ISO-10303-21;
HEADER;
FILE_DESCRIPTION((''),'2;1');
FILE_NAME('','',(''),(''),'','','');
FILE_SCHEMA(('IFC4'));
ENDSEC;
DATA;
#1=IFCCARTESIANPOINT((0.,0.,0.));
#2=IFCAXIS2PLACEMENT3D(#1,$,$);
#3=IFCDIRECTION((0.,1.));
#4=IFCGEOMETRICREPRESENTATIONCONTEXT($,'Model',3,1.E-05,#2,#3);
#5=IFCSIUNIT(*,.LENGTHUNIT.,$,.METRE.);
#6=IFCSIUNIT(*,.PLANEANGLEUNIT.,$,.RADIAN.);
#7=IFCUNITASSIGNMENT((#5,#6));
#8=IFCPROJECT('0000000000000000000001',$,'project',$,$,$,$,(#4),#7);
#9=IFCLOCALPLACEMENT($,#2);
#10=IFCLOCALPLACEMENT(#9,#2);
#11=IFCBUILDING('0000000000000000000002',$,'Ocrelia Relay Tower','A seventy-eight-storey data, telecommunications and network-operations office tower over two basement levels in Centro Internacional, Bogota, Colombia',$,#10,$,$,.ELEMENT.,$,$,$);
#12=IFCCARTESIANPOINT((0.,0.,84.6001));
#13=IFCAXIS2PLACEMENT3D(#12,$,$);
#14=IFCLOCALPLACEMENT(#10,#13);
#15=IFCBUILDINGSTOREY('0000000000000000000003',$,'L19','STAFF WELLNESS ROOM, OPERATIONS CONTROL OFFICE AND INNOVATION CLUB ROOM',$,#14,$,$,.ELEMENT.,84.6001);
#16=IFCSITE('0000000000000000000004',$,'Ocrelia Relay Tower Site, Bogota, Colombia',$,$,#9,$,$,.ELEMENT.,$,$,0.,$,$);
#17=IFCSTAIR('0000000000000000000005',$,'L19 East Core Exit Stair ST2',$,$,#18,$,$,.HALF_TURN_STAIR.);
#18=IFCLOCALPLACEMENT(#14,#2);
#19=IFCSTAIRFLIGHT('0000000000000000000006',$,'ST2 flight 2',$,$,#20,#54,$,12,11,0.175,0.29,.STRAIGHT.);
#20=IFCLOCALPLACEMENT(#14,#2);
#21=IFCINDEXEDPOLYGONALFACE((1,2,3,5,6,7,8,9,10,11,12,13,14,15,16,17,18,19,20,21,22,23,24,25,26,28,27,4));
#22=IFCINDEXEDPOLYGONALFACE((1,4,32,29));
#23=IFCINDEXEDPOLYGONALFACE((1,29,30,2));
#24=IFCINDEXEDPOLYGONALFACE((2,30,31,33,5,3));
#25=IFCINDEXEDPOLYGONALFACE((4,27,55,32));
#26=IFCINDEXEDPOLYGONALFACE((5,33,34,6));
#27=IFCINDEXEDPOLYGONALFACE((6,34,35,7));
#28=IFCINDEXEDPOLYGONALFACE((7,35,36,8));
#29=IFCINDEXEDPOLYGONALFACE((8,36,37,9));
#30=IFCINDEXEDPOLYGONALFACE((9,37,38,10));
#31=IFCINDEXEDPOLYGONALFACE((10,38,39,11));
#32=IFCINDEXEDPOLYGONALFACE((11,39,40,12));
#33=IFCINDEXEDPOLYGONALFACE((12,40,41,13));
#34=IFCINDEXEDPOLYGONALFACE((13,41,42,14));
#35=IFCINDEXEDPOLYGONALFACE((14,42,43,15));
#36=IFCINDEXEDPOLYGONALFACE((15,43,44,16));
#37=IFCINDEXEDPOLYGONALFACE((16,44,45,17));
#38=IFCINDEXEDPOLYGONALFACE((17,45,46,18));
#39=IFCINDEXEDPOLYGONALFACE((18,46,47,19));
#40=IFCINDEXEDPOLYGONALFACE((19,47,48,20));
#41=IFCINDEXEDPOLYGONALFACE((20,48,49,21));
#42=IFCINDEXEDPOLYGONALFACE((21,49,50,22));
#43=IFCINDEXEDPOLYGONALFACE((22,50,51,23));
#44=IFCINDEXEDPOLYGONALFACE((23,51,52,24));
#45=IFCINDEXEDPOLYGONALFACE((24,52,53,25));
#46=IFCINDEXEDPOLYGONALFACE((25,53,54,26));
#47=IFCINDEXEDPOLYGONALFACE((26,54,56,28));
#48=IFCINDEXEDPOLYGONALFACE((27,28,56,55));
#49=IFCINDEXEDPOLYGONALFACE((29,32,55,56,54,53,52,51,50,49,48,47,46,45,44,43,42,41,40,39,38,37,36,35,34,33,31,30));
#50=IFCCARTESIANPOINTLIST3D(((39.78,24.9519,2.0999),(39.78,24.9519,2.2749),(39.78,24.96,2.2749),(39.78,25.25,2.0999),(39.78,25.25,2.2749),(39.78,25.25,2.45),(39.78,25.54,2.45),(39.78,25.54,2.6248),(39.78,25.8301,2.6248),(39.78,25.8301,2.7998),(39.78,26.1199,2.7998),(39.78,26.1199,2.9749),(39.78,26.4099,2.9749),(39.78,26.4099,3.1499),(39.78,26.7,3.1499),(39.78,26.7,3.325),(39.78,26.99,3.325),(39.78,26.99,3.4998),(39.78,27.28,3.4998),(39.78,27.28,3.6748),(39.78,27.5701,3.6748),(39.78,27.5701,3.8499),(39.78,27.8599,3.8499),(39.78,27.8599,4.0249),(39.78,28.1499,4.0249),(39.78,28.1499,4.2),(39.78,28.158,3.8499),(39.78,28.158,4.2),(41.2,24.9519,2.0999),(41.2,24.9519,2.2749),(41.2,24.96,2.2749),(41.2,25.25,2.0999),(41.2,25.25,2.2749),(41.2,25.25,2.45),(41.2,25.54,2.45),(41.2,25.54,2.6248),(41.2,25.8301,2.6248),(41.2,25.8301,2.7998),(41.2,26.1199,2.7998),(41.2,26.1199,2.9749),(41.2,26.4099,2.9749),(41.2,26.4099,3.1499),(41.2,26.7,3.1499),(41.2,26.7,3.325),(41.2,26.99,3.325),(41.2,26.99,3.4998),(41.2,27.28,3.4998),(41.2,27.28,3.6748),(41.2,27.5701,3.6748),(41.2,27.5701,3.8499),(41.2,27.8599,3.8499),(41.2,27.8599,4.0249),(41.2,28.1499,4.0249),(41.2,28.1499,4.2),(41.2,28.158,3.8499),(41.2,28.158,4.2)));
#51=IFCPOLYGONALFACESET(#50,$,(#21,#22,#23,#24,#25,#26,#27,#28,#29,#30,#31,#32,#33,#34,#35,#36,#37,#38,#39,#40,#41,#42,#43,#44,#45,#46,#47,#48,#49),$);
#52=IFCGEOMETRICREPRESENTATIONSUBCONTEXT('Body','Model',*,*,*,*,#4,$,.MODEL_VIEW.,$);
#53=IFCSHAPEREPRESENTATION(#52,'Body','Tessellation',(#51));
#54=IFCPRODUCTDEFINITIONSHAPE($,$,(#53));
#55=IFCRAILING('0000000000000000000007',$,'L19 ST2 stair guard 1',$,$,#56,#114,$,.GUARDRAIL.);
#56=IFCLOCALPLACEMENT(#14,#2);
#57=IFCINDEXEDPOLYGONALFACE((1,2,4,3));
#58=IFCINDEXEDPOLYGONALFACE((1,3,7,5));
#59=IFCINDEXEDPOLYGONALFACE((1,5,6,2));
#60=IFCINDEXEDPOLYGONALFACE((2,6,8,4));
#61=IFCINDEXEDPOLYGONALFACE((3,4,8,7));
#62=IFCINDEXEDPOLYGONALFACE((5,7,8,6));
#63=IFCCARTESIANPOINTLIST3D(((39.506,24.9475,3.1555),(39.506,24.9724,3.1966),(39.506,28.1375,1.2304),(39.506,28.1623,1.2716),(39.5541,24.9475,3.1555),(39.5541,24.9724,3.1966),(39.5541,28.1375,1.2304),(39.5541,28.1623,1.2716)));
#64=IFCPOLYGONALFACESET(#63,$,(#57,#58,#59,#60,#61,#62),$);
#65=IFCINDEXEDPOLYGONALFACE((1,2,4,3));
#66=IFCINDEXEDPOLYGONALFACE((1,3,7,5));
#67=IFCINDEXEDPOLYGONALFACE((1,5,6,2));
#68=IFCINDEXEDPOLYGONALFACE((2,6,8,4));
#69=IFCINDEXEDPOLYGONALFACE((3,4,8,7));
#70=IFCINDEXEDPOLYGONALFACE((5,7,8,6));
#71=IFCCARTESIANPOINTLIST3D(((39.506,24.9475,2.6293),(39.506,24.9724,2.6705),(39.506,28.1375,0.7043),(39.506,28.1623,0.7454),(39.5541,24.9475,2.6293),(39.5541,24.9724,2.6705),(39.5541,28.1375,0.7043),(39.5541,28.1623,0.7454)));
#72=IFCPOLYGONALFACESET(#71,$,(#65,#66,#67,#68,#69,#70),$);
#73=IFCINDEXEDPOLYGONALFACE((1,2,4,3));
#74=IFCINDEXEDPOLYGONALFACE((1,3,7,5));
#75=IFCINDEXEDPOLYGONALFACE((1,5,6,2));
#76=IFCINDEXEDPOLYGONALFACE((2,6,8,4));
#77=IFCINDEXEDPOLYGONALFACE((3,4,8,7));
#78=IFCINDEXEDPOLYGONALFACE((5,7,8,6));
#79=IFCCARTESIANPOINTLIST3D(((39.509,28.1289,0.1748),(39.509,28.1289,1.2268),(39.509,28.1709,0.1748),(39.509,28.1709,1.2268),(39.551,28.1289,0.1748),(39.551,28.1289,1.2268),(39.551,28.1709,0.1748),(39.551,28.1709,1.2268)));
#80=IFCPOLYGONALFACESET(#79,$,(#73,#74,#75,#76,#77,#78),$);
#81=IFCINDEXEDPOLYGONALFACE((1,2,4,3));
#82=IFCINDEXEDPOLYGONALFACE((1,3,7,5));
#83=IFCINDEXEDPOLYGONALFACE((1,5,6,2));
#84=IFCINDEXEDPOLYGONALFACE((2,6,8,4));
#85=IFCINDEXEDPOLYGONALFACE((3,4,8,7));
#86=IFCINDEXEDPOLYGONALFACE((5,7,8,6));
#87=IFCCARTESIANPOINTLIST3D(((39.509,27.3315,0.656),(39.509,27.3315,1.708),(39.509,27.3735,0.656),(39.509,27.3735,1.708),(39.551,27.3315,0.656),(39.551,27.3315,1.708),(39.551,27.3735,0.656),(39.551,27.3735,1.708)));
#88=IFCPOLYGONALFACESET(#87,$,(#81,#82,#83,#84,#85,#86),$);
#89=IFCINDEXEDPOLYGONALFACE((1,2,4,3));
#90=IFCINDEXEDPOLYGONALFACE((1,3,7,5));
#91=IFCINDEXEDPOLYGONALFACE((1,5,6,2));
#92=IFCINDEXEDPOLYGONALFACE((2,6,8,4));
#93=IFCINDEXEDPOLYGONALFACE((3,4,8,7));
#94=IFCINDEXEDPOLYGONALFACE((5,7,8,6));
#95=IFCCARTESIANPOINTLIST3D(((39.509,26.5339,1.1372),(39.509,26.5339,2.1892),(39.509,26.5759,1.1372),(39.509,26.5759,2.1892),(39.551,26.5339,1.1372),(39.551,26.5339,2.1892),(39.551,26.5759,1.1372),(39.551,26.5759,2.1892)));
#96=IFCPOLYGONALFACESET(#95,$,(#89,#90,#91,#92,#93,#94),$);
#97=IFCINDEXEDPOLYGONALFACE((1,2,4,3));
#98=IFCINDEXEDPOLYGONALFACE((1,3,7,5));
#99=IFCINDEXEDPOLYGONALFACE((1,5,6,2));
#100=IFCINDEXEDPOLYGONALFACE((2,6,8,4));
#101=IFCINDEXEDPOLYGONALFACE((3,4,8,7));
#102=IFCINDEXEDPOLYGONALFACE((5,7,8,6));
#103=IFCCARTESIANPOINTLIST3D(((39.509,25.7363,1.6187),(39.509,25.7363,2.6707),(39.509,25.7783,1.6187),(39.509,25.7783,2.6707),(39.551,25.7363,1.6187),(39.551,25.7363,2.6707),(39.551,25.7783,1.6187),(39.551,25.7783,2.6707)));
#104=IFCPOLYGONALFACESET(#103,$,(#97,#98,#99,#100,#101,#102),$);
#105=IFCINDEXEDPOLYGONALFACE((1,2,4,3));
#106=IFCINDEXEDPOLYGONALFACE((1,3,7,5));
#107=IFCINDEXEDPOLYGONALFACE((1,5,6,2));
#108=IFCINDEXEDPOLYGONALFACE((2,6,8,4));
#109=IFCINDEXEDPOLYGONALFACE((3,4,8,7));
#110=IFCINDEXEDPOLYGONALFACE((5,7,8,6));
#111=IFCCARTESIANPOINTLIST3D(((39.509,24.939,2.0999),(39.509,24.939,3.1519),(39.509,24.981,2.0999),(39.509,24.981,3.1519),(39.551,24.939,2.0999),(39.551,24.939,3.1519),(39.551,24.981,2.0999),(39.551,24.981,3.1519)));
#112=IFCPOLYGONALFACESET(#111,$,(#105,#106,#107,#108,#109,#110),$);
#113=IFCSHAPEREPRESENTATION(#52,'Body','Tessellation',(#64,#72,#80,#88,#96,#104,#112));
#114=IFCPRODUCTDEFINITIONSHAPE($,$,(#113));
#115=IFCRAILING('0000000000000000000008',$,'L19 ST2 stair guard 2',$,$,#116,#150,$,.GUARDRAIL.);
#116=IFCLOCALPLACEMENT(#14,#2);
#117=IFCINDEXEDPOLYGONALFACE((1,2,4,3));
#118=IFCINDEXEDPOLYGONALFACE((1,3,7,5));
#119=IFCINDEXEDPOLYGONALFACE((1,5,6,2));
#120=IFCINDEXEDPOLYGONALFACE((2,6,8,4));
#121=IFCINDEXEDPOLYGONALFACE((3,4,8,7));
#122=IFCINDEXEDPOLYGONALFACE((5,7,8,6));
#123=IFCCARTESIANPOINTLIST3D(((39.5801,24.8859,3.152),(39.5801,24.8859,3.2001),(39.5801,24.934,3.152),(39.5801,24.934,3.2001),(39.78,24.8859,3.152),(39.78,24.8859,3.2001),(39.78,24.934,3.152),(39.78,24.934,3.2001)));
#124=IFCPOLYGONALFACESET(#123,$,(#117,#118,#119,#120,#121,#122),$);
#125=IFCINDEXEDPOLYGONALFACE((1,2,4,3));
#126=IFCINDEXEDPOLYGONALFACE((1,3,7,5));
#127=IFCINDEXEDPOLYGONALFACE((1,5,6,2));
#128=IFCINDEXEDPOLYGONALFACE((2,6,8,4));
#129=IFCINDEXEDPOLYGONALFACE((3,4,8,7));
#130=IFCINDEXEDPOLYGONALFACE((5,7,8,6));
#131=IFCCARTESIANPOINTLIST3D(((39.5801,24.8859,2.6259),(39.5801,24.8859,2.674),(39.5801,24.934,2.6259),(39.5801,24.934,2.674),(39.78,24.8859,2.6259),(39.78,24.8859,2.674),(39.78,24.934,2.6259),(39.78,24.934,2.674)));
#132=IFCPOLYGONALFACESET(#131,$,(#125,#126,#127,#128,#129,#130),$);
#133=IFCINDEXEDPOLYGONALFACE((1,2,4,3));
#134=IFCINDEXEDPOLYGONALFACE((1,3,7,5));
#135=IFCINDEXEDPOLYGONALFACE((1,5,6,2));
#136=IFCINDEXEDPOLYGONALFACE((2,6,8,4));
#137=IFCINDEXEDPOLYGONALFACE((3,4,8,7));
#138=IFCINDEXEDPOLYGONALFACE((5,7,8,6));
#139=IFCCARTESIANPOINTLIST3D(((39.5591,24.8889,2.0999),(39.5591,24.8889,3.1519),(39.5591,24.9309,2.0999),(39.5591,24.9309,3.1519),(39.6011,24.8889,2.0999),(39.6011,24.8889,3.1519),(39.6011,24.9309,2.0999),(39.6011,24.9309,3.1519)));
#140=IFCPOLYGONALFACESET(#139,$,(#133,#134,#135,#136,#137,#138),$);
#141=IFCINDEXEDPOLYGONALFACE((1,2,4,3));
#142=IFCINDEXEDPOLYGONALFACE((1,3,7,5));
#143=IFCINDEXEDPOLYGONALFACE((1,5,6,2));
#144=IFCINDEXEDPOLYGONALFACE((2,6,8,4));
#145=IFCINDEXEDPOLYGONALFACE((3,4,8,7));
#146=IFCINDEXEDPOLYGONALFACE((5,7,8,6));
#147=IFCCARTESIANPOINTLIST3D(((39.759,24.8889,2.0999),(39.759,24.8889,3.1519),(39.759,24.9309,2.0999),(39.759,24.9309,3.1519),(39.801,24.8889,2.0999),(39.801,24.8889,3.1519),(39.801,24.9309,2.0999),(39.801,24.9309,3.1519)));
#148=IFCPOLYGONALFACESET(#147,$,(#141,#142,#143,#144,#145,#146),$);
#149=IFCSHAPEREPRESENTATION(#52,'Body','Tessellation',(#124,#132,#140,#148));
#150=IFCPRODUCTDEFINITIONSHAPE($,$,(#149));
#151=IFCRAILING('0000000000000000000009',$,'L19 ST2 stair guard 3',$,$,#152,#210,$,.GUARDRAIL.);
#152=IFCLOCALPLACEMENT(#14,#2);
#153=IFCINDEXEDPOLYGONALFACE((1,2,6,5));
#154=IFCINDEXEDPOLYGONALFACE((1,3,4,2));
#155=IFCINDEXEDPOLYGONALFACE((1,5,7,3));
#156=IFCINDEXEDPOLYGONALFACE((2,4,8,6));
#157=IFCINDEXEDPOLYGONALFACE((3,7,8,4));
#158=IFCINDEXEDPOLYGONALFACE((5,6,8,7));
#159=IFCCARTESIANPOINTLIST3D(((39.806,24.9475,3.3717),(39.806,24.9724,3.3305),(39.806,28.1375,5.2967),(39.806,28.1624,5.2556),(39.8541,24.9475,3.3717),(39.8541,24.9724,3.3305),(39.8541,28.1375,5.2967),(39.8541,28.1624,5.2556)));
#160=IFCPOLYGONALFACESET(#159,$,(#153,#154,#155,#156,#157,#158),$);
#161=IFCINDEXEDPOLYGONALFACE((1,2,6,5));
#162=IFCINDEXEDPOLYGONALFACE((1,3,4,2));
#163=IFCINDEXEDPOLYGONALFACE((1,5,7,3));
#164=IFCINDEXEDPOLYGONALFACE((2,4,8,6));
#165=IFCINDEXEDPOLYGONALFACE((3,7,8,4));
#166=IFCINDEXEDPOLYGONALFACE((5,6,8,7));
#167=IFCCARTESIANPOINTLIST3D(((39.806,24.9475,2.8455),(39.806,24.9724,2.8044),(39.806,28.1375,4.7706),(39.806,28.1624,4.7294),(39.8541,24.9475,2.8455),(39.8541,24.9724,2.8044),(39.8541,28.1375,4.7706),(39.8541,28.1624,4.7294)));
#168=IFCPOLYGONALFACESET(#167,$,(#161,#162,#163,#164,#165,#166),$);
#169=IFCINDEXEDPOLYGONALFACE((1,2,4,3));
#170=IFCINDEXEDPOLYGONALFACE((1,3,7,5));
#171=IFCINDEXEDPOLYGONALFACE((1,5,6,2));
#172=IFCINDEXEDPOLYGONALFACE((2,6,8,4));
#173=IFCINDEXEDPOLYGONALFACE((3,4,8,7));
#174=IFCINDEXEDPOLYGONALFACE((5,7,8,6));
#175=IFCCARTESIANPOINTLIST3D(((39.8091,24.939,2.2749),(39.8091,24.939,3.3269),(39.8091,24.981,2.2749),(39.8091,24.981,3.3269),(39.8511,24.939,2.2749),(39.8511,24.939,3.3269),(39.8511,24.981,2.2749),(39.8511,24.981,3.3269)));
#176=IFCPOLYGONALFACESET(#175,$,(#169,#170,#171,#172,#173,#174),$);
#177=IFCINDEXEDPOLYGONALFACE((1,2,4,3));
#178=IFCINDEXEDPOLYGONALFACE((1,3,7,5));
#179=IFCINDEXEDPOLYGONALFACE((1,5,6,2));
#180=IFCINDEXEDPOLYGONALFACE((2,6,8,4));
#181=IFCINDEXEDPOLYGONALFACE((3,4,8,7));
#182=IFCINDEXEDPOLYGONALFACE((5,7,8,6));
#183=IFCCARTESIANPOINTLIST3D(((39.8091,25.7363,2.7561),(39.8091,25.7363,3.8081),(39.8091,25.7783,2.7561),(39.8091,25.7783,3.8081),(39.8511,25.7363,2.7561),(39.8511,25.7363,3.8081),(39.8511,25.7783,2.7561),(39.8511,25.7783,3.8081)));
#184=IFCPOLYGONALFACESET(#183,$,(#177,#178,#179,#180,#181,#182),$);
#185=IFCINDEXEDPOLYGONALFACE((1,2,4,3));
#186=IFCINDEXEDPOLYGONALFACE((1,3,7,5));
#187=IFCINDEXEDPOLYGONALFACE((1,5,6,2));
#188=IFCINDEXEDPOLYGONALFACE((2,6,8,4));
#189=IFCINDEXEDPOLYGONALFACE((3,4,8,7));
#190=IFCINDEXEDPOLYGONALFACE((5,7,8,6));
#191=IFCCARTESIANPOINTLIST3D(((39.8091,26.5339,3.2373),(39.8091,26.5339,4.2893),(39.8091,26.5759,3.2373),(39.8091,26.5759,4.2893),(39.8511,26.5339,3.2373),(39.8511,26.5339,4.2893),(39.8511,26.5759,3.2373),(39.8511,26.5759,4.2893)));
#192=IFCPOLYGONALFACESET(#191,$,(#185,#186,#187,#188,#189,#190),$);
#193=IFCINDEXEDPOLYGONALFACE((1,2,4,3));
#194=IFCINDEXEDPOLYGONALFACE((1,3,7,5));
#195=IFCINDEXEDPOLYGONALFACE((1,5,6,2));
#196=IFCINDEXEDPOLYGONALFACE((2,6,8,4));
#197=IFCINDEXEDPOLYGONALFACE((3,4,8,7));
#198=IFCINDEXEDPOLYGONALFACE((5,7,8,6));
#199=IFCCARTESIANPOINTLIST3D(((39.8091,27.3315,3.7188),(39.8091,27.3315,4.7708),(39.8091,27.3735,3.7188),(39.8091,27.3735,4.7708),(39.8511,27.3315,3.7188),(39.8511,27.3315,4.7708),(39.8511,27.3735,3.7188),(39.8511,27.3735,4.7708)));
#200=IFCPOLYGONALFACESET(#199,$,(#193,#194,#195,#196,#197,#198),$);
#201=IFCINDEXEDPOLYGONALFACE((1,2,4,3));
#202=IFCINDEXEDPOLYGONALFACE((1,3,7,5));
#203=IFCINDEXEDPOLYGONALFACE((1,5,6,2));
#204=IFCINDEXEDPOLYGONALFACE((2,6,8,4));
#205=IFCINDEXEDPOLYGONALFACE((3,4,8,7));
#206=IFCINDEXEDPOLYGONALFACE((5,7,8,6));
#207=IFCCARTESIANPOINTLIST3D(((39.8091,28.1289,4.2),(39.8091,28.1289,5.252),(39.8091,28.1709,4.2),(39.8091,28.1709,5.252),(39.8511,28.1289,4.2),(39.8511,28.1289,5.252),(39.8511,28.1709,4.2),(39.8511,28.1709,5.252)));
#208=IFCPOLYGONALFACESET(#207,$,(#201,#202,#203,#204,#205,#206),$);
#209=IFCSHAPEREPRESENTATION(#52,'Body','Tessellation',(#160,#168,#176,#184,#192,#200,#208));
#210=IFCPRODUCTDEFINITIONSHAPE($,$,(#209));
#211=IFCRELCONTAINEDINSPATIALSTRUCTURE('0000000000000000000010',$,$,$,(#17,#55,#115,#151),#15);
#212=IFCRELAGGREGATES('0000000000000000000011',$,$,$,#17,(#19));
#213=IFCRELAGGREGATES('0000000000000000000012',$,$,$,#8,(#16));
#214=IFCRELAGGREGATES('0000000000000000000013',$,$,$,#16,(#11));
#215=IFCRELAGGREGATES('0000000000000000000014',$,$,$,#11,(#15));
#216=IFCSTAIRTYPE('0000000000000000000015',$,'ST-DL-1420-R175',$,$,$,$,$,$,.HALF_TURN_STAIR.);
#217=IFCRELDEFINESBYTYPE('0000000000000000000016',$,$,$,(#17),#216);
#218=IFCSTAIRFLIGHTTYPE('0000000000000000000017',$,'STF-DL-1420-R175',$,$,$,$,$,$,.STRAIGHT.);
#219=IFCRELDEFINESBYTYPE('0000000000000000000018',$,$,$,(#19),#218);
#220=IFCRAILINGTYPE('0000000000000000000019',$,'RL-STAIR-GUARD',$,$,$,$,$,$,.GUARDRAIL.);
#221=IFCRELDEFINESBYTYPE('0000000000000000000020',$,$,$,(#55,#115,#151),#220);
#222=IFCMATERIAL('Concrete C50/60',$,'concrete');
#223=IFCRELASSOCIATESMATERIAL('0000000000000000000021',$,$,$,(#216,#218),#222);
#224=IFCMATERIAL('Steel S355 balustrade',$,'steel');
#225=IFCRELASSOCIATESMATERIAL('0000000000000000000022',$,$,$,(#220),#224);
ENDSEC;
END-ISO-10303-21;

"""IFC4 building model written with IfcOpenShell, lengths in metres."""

from ifc_helpers import new_model, si_unit, direction, frame, origin, origin_2d, place, context, subcontext, project, spatial, polyline, rectangle, outline, extrude, material, type_object, element, aggregate, save


model = new_model("IFC4")

# Units and contexts
model_context = context("Model", 3, precision=1e-05, world=origin(), true_north=direction((0.0, 1.0)))
body_context = subcontext(model_context, "Body", "Model", "MODEL_VIEW")
ifc_project = project(units=[si_unit("LENGTHUNIT", "METRE"), si_unit("PLANEANGLEUNIT", "RADIAN")], contexts=[model_context])

# Site, building, storey
site_placement = place(None, origin())
site = spatial("IfcSite", under=ifc_project, at=site_placement, Name="Ocrelia Relay Tower Site, Bogota, Colombia", CompositionType="ELEMENT", RefElevation=0.0)
building_placement = place(site_placement, origin())
building = spatial("IfcBuilding", under=site, at=building_placement, Name="Ocrelia Relay Tower", Description="A seventy-eight-storey data, telecommunications and network-operations office tower over two basement levels in Centro Internacional, Bogota, Colombia", CompositionType="ELEMENT")
storey_placement = place(building_placement, frame((0.0, 0.0, 84.6001)))
storey = spatial("IfcBuildingStorey", under=building, at=storey_placement, Name="L19", Description="STAFF WELLNESS ROOM, OPERATIONS CONTROL OFFICE AND INNOVATION CLUB ROOM", CompositionType="ELEMENT", Elevation=84.6001)

# Shared definitions
ifc_material_1 = material(Name="Concrete C50/60", Category="concrete")

# Stair, stair flight
stair_type = type_object("IfcStairType", Name="ST-DL-1420-R175", PredefinedType="HALF_TURN_STAIR", material=ifc_material_1)
stair_placement = place(storey_placement, origin())
stair = element("IfcStair", 1, at=stair_placement, inside=storey, type_object=stair_type, Name="L19 East Core Exit Stair ST2", PredefinedType="HALF_TURN_STAIR")
stair_flight_type = type_object("IfcStairFlightType", Name="STF-DL-1420-R175", PredefinedType="STRAIGHT", material=ifc_material_1)
stair_flight_1_placement = place(storey_placement, frame((40.49, 24.96, 2.0999), z_axis=(0.0, 0.0, 1.0), x_axis=(0.0, 1.0, 0.0)))
stair_flight_1 = element("IfcStairFlight", 2, at=stair_flight_1_placement, type_object=stair_flight_type, Name="ST2 flight 2", NumberOfRisers=12, NumberOfTreads=11, PredefinedType="STRAIGHT", RiserHeight=0.175, TreadLength=0.29, context=body_context, shape_type="SweptSolid", body=[
    extrude(outline(polyline([(-0.0081, 0.0), (-0.0081, 0.175), (0.0, 0.175), (0.29, 0.175), (0.29, 0.3501), (0.5801, 0.3501), (0.5801, 0.5249), (0.8701, 0.5249), (0.8701, 0.7), (1.1599, 0.7), (1.1599, 0.875), (1.45, 0.875), (1.45, 1.05), (1.74, 1.05), (1.74, 1.2251), (2.03, 1.2251), (2.03, 1.3999), (2.3201, 1.3999), (2.3201, 1.575), (2.6101, 1.575), (2.6101, 1.75), (2.8999, 1.75), (2.8999, 1.925), (3.1899, 1.925), (3.1899, 2.1001), (3.198, 2.1001), (3.198, 1.75), (0.29, 0.0), (-0.0081, 0.0)])), frame((0.0, 0.71, 0.0), z_axis=(0.0, -1.0, 0.0), x_axis=(1.0, 0.0, 0.0)), (0.0, 0.0, 1.0), 1.4199),
])
aggregate(stair, [stair_flight_1])

# Railings
ifc_material_2 = material(Name="Steel S355 balustrade", Category="steel")
railing_type_1 = type_object("IfcRailingType", Name="RL-STAIR-GUARD", PredefinedType="GUARDRAIL", material=ifc_material_2)
railing_1_placement = place(storey_placement, frame((39.53, 28.1499, 0.1748)))
element("IfcRailing", 3, at=railing_1_placement, inside=storey, type_object=railing_type_1, Name="L19 ST2 stair guard 1", PredefinedType="GUARDRAIL", context=body_context, shape_type="SweptSolid", body=[
    extrude(rectangle(XDim=0.0481, YDim=0.0481, at=origin_2d()), frame((0.0, 0.0, 1.0762), z_axis=(0.0, -0.856178, 0.516682), x_axis=(1.0, 0.0, 0.0)), (0.0, 0.0, 1.0), 3.7258),
    extrude(rectangle(XDim=0.0481, YDim=0.0481, at=origin_2d()), frame((0.0, 0.0, 0.55), z_axis=(0.0, -0.856178, 0.516682), x_axis=(1.0, 0.0, 0.0)), (0.0, 0.0, 1.0), 3.7258),
    extrude(rectangle(XDim=0.042, YDim=0.042, at=origin_2d()), origin(), (0.0, 0.0, 1.0), 1.052),
    extrude(rectangle(XDim=0.042, YDim=0.042, at=origin_2d()), frame((0.0, -0.7974, 0.4812)), (0.0, 0.0, 1.0), 1.052),
    extrude(rectangle(XDim=0.042, YDim=0.042, at=origin_2d()), frame((0.0, -1.595, 0.9624)), (0.0, 0.0, 1.0), 1.052),
    extrude(rectangle(XDim=0.042, YDim=0.042, at=origin_2d()), frame((0.0, -2.3926, 1.4438)), (0.0, 0.0, 1.0), 1.052),
    extrude(rectangle(XDim=0.042, YDim=0.042, at=origin_2d()), frame((0.0, -3.1899, 1.925)), (0.0, 0.0, 1.0), 1.052),
])
railing_2_placement = place(storey_placement, frame((39.5801, 24.9099, 2.0999)))
element("IfcRailing", 4, at=railing_2_placement, inside=storey, type_object=railing_type_1, Name="L19 ST2 stair guard 2", PredefinedType="GUARDRAIL", context=body_context, shape_type="SweptSolid", body=[
    extrude(rectangle(XDim=0.0481, YDim=0.0481, at=origin_2d()), frame((0.0, 0.0, 1.0762), z_axis=(1.0, 0.0, 0.0), x_axis=(0.0, 1.0, 0.0)), (0.0, 0.0, 1.0), 0.2),
    extrude(rectangle(XDim=0.0481, YDim=0.0481, at=origin_2d()), frame((0.0, 0.0, 0.55), z_axis=(1.0, 0.0, 0.0), x_axis=(0.0, 1.0, 0.0)), (0.0, 0.0, 1.0), 0.2),
    extrude(rectangle(XDim=0.042, YDim=0.042, at=origin_2d()), origin(), (0.0, 0.0, 1.0), 1.052),
    extrude(rectangle(XDim=0.042, YDim=0.042, at=origin_2d()), frame((0.2, 0.0, 0.0)), (0.0, 0.0, 1.0), 1.052),
])
railing_3_placement = place(storey_placement, frame((39.8301, 24.96, 2.2749)))
element("IfcRailing", 5, at=railing_3_placement, inside=storey, type_object=railing_type_1, Name="L19 ST2 stair guard 3", PredefinedType="GUARDRAIL", context=body_context, shape_type="SweptSolid", body=[
    extrude(rectangle(XDim=0.0481, YDim=0.0481, at=origin_2d()), frame((0.0, 0.0, 1.0762), z_axis=(0.0, 0.856178, 0.516682), x_axis=(-1.0, 0.0, 0.0)), (0.0, 0.0, 1.0), 3.7258),
    extrude(rectangle(XDim=0.0481, YDim=0.0481, at=origin_2d()), frame((0.0, 0.0, 0.55), z_axis=(0.0, 0.856178, 0.516682), x_axis=(-1.0, 0.0, 0.0)), (0.0, 0.0, 1.0), 3.7258),
    extrude(rectangle(XDim=0.042, YDim=0.042, at=origin_2d()), origin(), (0.0, 0.0, 1.0), 1.052),
    extrude(rectangle(XDim=0.042, YDim=0.042, at=origin_2d()), frame((0.0, 0.7974, 0.4812)), (0.0, 0.0, 1.0), 1.052),
    extrude(rectangle(XDim=0.042, YDim=0.042, at=origin_2d()), frame((0.0, 1.595, 0.9624)), (0.0, 0.0, 1.0), 1.052),
    extrude(rectangle(XDim=0.042, YDim=0.042, at=origin_2d()), frame((0.0, 2.3926, 1.4438)), (0.0, 0.0, 1.0), 1.052),
    extrude(rectangle(XDim=0.042, YDim=0.042, at=origin_2d()), frame((0.0, 3.1899, 1.925)), (0.0, 0.0, 1.0), 1.052),
])

save(model, "model.ifc")
